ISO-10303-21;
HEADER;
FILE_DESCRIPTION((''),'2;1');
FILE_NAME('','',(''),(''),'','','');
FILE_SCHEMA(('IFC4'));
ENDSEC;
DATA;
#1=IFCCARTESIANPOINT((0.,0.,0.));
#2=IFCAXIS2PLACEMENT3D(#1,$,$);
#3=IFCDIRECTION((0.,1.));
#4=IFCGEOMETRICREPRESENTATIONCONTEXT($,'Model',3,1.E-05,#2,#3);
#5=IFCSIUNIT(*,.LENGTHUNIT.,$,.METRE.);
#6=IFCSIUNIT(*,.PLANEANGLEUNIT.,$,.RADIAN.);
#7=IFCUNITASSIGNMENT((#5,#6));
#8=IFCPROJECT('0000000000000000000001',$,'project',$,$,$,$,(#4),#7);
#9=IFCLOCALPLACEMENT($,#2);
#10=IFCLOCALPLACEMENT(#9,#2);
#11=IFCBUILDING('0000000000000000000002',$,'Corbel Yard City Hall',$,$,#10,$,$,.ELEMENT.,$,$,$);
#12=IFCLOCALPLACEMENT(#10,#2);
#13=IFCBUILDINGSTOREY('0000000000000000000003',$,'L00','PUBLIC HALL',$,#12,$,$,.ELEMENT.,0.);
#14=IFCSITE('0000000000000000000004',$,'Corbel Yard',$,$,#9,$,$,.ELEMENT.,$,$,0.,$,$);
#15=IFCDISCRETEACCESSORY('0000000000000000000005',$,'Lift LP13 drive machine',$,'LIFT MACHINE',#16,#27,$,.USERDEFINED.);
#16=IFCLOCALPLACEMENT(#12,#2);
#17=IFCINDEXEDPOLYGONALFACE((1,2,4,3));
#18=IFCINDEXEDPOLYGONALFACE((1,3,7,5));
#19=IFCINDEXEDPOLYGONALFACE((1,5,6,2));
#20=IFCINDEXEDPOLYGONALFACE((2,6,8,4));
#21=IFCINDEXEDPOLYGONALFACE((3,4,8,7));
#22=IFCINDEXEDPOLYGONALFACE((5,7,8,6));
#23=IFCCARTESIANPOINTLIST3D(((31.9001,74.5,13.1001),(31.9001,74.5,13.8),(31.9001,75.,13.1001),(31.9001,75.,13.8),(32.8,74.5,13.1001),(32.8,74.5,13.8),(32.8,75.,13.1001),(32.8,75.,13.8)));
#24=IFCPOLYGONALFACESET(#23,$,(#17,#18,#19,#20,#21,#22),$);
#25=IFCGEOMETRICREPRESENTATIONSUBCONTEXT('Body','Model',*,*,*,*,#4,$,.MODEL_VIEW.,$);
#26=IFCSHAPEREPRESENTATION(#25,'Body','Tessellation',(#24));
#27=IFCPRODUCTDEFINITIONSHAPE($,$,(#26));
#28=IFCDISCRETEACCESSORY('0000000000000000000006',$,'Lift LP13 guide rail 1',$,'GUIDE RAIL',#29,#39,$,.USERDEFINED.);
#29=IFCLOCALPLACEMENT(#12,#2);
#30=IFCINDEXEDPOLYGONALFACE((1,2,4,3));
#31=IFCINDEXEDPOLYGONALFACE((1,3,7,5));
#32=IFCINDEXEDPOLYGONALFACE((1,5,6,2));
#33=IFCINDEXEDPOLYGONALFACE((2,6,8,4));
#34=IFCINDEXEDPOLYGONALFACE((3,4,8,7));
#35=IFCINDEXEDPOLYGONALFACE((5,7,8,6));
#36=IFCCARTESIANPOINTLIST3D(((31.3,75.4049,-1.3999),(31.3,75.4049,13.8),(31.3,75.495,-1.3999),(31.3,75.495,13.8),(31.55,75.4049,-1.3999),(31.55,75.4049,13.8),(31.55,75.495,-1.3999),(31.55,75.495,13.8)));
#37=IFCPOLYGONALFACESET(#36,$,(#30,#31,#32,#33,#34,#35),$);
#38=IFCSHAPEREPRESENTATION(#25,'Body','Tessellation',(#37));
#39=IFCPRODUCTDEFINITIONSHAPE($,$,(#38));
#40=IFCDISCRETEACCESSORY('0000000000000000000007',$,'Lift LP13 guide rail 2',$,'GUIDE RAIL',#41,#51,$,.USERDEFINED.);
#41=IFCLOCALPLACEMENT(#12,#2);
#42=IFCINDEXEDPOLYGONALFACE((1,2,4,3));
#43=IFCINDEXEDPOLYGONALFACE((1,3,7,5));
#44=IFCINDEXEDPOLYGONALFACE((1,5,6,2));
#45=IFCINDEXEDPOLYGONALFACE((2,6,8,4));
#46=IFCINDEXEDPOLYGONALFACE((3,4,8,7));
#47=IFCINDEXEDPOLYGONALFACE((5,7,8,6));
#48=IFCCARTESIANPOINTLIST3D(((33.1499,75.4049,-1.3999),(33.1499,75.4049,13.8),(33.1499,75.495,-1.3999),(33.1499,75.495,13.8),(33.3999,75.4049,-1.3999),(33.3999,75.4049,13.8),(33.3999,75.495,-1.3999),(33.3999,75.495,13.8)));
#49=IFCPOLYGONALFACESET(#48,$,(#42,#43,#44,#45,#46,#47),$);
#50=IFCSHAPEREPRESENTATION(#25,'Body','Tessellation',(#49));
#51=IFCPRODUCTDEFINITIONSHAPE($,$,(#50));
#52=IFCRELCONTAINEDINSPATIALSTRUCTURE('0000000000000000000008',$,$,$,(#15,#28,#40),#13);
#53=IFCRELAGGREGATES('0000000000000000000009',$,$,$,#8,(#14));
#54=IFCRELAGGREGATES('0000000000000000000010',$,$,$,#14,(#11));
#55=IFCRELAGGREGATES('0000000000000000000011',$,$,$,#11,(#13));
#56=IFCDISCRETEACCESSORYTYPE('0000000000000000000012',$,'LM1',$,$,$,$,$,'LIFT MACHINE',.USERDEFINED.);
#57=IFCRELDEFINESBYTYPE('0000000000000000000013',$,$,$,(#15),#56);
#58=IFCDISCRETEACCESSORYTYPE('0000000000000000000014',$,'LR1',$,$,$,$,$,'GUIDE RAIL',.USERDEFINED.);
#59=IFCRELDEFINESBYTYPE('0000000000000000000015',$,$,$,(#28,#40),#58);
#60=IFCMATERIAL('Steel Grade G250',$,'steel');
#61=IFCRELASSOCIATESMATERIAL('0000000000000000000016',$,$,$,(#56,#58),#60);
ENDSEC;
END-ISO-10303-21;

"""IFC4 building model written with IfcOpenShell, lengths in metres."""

from ifc_helpers import new_model, si_unit, direction, frame, origin, origin_2d, place, context, subcontext, project, spatial, rectangle, extrude, material, type_object, element, save


model = new_model("IFC4")

# Units and contexts
model_context = context("Model", 3, precision=1e-05, world=origin(), true_north=direction((0.0, 1.0)))
body_context = subcontext(model_context, "Body", "Model", "MODEL_VIEW")
ifc_project = project(units=[si_unit("LENGTHUNIT", "METRE"), si_unit("PLANEANGLEUNIT", "RADIAN")], contexts=[model_context])

# Site, building, storey
site_placement = place(None, origin())
site = spatial("IfcSite", under=ifc_project, at=site_placement, Name="Corbel Yard", CompositionType="ELEMENT", RefElevation=0.0)
building_placement = place(site_placement, origin())
building = spatial("IfcBuilding", under=site, at=building_placement, Name="Corbel Yard City Hall", CompositionType="ELEMENT")
storey_placement = place(building_placement, origin())
storey = spatial("IfcBuildingStorey", under=building, at=storey_placement, Name="L00", Description="PUBLIC HALL", CompositionType="ELEMENT", Elevation=0.0)

# Shared definitions
ifc_material_1 = material(Name="Steel Grade G250", Category="steel")

# Discrete accessories
discrete_accessory_type_1 = type_object("IfcDiscreteAccessoryType", Name="LM1", ElementType="LIFT MACHINE", PredefinedType="USERDEFINED", material=ifc_material_1)
discrete_accessory_placement = place(storey_placement, frame((32.3501, 74.75, 13.1001), z_axis=(0.0, 0.0, 1.0), x_axis=(1.0, 0.0, 0.0)))
element("IfcDiscreteAccessory", 1, at=discrete_accessory_placement, inside=storey, type_object=discrete_accessory_type_1, Name="Lift LP13 drive machine", ObjectType="LIFT MACHINE", PredefinedType="USERDEFINED", context=body_context, shape_type="SweptSolid", body=[
    extrude(rectangle(XDim=0.8999, YDim=0.5, at=origin_2d()), origin(), (0.0, 0.0, 1.0), 0.7),
])
discrete_accessory_type_2 = type_object("IfcDiscreteAccessoryType", Name="LR1", ElementType="GUIDE RAIL", PredefinedType="USERDEFINED", material=ifc_material_1)
for number, where, z_axis, x_axis, name in (
    (2, (31.425, 75.45, -1.3999), (0.0, 0.0, 1.0), (1.0, 0.0, 0.0), "Lift LP13 guide rail 1"),
    (3, (33.2749, 75.45, -1.3999), (0.0, 0.0, 1.0), (1.0, 0.0, 0.0), "Lift LP13 guide rail 2"),
):
    element("IfcDiscreteAccessory", number, at=place(storey_placement, frame(where, z_axis=z_axis, x_axis=x_axis)), inside=storey, type_object=discrete_accessory_type_2, Name=name, ObjectType="GUIDE RAIL", PredefinedType="USERDEFINED", context=body_context, shape_type="SweptSolid", body=[
        extrude(rectangle(XDim=0.25, YDim=0.0901, at=origin_2d()), origin(), (0.0, 0.0, 1.0), 15.2),
    ])

save(model, "model.ifc")
